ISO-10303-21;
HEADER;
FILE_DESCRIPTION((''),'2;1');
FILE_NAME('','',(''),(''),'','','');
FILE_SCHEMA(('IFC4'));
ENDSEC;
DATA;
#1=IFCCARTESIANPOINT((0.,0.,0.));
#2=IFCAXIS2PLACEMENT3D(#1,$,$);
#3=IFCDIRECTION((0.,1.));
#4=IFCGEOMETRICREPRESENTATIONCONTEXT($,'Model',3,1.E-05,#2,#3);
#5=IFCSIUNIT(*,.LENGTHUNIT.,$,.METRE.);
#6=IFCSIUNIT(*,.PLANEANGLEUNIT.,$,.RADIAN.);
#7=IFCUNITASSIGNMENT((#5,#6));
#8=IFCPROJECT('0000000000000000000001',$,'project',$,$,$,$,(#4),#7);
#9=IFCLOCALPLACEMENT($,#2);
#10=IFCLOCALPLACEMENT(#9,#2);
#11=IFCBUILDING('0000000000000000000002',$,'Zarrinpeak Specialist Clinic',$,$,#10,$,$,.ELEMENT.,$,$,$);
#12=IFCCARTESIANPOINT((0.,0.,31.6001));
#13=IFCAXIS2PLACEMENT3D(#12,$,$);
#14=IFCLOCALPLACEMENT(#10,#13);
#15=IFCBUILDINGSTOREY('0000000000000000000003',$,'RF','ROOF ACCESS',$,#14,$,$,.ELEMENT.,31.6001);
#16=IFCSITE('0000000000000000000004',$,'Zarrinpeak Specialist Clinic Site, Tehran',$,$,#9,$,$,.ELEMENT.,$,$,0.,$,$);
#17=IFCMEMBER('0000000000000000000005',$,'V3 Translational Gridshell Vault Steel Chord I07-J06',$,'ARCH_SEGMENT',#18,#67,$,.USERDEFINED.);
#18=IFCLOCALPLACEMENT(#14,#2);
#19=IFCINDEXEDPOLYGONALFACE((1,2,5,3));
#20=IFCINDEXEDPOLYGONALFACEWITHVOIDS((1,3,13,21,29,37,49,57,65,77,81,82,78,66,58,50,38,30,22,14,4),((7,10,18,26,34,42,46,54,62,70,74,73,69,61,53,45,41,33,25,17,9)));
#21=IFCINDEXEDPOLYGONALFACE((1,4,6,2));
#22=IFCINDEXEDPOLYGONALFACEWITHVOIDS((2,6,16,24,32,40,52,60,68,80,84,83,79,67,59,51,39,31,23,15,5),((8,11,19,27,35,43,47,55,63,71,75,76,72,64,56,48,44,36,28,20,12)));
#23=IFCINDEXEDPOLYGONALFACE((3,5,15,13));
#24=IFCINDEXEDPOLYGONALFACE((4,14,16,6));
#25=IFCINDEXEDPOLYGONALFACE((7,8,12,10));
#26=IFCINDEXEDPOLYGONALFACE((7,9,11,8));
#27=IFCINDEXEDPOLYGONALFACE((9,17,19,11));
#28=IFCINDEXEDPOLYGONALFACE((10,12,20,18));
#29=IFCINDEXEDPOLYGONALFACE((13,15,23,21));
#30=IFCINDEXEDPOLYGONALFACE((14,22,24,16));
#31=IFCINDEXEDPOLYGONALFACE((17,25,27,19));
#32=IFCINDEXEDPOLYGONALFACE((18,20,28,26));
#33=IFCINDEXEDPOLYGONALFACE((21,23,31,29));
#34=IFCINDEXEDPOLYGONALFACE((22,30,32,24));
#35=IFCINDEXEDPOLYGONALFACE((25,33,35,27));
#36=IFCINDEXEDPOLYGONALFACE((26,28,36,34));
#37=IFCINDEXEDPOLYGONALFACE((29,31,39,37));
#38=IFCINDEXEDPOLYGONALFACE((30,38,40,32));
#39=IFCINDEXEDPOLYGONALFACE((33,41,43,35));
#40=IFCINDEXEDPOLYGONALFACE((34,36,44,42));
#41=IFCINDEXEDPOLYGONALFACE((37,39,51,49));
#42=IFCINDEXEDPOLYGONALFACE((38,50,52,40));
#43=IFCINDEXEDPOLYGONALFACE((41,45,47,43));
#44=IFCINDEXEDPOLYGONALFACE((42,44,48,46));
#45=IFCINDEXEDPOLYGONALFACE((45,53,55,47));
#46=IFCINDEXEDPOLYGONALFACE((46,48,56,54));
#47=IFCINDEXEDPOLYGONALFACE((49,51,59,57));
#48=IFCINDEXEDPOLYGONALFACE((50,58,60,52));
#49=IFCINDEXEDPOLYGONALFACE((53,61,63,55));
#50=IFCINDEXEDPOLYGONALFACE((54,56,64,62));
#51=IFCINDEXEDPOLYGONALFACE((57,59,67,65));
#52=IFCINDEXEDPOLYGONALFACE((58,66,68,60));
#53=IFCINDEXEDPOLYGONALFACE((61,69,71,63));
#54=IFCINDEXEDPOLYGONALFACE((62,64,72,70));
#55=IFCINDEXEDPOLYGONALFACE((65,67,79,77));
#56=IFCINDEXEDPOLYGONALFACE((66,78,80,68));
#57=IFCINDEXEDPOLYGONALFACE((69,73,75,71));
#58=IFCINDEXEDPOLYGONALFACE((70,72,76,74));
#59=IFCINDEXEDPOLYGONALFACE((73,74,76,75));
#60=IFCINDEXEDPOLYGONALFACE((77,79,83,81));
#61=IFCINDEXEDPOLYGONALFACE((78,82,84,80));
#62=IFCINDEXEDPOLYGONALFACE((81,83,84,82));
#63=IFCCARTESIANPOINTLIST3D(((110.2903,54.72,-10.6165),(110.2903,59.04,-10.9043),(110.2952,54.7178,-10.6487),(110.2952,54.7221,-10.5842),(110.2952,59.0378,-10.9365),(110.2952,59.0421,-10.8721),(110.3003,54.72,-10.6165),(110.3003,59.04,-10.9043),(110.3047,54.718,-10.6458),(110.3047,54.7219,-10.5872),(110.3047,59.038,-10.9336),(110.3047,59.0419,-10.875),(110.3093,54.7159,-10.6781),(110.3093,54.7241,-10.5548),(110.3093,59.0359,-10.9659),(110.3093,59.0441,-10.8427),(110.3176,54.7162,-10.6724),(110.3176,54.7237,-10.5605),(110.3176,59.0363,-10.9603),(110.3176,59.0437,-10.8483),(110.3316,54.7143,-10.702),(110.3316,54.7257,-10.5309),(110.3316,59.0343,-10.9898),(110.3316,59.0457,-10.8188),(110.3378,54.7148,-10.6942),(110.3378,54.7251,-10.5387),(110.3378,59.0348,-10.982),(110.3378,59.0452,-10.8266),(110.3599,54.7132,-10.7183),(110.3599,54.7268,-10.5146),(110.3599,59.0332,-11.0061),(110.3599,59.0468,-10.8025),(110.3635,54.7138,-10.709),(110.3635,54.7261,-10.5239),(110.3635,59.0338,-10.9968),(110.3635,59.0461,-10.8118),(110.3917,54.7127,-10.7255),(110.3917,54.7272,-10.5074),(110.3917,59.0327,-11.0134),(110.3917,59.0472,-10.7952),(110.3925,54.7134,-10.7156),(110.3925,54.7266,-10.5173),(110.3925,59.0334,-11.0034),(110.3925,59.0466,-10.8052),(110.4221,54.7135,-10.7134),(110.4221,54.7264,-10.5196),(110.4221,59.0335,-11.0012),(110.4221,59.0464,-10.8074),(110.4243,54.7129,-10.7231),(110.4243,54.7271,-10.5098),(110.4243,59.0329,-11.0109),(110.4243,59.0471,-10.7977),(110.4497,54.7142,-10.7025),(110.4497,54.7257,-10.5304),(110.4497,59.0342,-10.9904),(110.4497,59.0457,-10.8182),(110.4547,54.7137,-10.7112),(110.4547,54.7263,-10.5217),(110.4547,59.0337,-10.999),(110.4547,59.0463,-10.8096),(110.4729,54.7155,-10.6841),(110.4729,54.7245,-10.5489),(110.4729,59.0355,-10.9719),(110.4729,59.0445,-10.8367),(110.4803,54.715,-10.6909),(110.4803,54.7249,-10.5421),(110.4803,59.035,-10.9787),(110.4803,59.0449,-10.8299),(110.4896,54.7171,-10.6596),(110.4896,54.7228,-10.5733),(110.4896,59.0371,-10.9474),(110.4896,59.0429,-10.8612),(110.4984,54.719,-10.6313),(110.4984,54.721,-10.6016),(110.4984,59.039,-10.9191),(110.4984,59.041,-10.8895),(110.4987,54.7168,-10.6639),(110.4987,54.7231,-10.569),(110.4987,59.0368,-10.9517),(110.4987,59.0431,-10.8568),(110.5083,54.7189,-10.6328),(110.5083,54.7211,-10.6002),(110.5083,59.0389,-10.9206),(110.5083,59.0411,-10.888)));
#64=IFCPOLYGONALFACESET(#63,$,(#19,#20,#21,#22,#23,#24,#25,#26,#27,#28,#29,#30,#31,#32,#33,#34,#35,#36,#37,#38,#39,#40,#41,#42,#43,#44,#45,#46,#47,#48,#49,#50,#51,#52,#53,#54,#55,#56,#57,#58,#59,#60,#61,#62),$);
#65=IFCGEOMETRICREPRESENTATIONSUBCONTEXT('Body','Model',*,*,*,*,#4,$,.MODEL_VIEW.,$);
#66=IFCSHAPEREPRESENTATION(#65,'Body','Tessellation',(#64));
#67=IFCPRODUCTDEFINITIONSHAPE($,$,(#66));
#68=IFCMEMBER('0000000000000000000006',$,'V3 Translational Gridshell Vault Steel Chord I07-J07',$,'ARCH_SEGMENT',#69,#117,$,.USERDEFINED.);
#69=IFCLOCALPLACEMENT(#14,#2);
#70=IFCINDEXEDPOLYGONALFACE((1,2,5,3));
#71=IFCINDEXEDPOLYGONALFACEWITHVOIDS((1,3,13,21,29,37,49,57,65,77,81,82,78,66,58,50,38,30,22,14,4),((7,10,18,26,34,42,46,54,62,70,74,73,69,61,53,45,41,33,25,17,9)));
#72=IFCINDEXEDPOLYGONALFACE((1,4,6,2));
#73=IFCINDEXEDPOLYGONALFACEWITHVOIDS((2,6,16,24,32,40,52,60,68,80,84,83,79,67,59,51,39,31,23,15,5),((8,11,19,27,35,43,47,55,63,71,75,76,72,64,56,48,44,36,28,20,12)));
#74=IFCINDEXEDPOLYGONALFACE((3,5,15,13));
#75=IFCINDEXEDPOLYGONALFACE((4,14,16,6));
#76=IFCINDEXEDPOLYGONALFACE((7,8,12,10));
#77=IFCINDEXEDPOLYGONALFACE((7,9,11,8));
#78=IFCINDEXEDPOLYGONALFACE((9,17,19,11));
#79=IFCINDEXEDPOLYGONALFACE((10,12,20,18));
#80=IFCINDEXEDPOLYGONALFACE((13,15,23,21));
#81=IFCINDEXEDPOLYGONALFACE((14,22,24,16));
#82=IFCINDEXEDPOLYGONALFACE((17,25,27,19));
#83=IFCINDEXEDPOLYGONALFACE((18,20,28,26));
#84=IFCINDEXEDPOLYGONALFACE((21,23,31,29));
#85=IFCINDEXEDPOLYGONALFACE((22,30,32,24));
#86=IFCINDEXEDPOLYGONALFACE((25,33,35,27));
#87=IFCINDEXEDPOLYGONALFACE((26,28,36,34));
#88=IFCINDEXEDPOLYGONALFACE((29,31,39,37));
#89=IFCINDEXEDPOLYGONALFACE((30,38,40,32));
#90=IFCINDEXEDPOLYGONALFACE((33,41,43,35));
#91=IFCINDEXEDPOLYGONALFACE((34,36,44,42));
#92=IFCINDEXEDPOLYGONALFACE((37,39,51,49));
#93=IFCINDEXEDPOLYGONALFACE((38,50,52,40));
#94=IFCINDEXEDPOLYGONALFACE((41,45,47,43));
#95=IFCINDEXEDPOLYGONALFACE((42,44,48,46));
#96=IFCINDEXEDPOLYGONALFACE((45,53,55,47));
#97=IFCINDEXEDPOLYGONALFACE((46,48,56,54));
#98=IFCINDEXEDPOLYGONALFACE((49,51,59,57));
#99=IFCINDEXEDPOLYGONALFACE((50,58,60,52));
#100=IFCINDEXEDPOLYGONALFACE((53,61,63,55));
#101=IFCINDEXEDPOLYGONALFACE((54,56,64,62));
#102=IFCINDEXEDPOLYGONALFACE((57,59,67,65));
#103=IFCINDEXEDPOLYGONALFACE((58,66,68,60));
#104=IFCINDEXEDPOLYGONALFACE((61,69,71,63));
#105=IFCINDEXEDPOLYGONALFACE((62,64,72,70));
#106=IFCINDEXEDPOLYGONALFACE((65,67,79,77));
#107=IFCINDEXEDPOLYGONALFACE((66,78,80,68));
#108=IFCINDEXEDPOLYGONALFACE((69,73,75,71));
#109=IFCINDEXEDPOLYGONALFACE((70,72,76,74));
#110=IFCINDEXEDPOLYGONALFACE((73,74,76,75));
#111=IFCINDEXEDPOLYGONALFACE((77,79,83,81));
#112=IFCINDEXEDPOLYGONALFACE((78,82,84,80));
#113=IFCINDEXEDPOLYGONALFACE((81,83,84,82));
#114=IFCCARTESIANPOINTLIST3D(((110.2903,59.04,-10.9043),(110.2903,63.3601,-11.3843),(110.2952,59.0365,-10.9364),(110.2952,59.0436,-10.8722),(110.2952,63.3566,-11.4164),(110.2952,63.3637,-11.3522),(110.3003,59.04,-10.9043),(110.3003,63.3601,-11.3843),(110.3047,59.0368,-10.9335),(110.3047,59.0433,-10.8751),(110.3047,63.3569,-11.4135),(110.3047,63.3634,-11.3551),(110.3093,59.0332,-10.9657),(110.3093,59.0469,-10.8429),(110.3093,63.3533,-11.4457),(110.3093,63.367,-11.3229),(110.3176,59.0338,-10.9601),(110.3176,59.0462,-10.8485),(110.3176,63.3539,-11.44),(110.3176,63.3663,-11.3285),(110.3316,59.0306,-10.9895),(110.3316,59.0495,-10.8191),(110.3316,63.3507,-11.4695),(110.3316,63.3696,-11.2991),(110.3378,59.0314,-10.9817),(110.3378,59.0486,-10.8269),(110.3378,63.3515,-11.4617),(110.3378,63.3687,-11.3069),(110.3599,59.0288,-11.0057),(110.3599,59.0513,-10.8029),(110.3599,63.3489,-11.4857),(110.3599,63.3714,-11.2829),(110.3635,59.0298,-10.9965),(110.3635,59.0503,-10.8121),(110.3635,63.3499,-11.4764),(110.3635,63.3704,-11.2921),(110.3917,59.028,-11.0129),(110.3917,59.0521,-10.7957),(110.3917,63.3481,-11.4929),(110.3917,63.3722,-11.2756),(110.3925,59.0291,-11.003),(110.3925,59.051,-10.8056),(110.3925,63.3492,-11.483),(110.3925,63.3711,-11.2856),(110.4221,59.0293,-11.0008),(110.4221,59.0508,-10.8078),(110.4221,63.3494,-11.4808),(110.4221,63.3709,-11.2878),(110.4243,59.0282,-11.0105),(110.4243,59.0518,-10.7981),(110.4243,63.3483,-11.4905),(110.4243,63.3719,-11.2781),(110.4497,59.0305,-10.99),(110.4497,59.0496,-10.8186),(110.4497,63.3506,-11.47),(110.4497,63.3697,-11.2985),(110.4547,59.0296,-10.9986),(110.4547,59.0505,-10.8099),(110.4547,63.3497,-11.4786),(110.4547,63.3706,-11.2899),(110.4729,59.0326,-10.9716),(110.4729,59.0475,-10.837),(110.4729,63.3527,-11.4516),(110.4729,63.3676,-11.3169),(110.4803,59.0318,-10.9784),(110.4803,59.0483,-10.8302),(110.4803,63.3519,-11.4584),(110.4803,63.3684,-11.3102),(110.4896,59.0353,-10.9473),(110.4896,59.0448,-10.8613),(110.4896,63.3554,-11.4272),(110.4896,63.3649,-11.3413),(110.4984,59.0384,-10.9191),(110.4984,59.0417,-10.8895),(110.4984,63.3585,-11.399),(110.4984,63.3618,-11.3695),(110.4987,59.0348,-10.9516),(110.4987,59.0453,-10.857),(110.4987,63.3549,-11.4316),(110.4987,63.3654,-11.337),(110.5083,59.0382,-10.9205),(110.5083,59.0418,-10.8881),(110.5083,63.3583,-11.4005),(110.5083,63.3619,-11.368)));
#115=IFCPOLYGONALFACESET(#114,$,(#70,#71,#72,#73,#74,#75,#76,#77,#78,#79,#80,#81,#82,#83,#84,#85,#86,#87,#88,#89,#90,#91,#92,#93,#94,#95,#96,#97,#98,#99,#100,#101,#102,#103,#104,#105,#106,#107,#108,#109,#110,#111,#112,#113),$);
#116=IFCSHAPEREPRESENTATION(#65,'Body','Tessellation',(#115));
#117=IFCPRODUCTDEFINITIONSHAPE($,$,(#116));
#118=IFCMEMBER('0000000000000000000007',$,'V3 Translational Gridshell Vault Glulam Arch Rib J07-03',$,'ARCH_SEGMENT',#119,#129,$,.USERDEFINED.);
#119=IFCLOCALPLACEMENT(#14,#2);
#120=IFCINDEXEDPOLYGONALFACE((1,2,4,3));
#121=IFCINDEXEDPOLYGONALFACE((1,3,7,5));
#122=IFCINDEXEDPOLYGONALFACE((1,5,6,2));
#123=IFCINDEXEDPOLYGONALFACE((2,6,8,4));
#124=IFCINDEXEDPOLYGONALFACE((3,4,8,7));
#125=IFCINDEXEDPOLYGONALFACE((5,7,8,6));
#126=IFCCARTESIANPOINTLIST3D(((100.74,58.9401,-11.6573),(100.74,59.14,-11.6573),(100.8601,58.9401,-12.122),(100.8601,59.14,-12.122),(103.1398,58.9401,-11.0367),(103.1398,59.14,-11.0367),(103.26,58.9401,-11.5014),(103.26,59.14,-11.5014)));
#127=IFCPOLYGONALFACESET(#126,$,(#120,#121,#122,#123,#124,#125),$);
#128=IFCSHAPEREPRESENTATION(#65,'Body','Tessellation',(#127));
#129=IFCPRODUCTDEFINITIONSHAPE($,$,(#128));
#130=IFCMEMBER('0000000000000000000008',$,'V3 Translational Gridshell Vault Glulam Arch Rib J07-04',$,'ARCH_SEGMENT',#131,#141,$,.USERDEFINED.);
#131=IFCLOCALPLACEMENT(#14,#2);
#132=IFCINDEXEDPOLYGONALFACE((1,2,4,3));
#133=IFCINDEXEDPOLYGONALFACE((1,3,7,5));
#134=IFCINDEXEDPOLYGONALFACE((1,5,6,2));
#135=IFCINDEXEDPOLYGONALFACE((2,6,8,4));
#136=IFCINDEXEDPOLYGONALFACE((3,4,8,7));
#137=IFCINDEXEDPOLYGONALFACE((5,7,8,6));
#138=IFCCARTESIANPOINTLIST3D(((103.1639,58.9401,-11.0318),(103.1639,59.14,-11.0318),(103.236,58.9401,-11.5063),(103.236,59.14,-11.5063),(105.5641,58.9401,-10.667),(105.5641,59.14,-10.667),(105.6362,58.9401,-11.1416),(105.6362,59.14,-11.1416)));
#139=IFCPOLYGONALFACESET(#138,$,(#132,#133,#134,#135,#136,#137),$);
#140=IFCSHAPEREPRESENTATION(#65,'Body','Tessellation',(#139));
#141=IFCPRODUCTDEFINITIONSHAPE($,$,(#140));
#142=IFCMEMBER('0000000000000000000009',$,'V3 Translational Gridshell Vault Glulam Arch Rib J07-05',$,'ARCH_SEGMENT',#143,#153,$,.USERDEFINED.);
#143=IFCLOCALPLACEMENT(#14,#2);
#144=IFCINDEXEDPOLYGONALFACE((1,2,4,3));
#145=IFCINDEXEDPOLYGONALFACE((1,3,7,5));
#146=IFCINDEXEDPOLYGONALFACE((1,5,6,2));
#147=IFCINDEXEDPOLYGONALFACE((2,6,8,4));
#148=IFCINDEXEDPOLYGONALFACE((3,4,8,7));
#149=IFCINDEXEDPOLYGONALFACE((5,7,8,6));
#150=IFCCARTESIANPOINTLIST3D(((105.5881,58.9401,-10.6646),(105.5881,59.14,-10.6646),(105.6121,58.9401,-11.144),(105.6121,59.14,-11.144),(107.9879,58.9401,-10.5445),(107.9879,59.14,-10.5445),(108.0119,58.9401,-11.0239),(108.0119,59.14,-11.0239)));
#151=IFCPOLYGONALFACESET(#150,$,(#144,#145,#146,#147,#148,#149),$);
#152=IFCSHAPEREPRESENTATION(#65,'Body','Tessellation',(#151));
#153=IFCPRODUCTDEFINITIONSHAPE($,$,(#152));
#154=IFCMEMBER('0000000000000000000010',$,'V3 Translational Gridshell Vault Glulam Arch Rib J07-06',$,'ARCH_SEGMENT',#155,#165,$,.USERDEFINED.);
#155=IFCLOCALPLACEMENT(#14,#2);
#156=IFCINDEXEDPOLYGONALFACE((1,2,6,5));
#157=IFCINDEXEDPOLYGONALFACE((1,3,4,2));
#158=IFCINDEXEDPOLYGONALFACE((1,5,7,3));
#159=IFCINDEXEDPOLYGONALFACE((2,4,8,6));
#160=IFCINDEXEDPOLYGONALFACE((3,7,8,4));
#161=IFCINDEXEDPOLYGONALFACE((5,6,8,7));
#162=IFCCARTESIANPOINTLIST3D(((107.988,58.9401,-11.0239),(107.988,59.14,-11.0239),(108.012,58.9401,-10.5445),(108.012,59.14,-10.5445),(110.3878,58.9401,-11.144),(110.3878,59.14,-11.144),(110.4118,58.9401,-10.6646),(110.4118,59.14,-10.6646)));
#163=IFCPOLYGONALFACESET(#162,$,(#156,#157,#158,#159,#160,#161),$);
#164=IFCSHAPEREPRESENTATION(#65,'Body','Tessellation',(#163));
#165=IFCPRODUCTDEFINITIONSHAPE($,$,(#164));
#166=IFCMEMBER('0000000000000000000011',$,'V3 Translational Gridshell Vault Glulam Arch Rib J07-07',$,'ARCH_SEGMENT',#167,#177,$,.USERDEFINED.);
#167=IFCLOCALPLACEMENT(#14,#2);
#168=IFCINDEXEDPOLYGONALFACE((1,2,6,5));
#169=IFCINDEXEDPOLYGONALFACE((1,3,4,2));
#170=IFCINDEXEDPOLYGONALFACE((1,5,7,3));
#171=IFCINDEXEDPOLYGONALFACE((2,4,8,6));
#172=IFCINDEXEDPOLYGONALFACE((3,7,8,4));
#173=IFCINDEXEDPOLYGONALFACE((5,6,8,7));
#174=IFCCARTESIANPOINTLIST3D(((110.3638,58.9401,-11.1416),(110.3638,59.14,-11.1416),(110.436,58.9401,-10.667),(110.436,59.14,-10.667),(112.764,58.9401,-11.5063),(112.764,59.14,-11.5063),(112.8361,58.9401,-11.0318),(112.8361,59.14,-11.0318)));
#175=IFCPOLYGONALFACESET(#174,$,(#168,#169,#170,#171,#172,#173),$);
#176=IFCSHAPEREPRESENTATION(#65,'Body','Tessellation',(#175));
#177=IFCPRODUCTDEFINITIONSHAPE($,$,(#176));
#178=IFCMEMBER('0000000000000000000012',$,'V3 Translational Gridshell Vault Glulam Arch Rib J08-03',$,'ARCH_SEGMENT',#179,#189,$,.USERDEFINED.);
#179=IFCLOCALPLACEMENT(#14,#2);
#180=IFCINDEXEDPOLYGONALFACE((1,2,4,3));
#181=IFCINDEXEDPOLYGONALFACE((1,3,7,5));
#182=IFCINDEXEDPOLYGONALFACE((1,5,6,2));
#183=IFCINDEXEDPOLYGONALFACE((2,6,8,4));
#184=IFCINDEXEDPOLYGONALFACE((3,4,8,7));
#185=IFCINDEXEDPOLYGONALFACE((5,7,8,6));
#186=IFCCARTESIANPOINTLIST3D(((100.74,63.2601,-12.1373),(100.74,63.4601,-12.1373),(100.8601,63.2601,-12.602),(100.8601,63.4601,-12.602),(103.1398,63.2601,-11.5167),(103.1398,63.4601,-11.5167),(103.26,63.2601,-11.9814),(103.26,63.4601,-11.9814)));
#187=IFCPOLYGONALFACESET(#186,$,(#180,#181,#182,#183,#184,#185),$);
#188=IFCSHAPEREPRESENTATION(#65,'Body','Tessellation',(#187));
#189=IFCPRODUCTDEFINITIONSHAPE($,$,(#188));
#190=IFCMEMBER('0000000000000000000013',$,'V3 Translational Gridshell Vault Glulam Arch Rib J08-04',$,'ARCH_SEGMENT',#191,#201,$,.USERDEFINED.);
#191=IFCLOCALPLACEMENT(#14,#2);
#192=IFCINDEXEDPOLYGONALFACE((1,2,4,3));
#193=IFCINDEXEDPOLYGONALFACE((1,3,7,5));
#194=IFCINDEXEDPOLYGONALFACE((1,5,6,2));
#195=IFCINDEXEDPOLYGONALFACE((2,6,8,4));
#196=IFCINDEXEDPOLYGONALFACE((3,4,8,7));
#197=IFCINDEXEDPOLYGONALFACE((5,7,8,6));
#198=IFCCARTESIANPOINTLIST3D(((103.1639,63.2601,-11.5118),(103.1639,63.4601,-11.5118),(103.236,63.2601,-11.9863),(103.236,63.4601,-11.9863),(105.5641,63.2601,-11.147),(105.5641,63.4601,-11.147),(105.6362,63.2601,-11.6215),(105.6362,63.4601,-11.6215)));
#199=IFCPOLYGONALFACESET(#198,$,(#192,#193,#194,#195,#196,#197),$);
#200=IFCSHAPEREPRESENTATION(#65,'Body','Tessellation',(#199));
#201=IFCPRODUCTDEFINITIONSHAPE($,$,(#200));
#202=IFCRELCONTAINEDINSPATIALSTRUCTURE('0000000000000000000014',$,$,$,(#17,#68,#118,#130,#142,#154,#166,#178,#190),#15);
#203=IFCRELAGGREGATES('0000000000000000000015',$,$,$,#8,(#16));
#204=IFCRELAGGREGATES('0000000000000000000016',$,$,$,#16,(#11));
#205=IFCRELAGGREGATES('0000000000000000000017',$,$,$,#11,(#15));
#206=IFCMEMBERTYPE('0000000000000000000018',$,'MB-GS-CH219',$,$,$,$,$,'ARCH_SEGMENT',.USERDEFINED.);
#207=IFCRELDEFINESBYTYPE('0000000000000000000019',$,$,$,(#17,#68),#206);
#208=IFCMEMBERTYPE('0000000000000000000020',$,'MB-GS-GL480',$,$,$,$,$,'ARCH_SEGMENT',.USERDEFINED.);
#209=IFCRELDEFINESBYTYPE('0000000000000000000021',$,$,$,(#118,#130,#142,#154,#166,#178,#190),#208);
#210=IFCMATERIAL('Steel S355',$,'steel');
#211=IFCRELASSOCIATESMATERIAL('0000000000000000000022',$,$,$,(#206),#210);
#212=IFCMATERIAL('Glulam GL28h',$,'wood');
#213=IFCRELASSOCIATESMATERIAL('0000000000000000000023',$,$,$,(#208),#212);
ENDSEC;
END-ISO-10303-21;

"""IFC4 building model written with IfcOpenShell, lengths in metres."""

from ifc_helpers import new_model, si_unit, direction, frame, origin, origin_2d, place, context, subcontext, project, spatial, rectangle, hollow_circle, extrude, material, material_profile, profile_set, type_object, element, save


model = new_model("IFC4")

# Units and contexts
model_context = context("Model", 3, precision=1e-05, world=origin(), true_north=direction((0.0, 1.0)))
body_context = subcontext(model_context, "Body", "Model", "MODEL_VIEW")
ifc_project = project(units=[si_unit("LENGTHUNIT", "METRE"), si_unit("PLANEANGLEUNIT", "RADIAN")], contexts=[model_context])

# Site, building, storey
site_placement = place(None, origin())
site = spatial("IfcSite", under=ifc_project, at=site_placement, Name="Zarrinpeak Specialist Clinic Site, Tehran", CompositionType="ELEMENT", RefElevation=0.0)
building_placement = place(site_placement, origin())
building = spatial("IfcBuilding", under=site, at=building_placement, Name="Zarrinpeak Specialist Clinic", CompositionType="ELEMENT")
storey_placement = place(building_placement, frame((0.0, 0.0, 31.6001)))
storey = spatial("IfcBuildingStorey", under=building, at=storey_placement, Name="RF", Description="ROOF ACCESS", CompositionType="ELEMENT", Elevation=31.6001)

# Members
ifc_material_1 = material(Name="Steel S355", Category="steel")
ifc_material_profile_1 = material_profile(ifc_material_1, hollow_circle(Radius=0.1096, WallThickness=0.01, at=origin_2d()), Name="CHS 219.1x10.0")
ifc_profile_set_1 = profile_set([ifc_material_profile_1], Name="Steel S355")
member_type_1 = type_object("IfcMemberType", Name="MB-GS-CH219", ElementType="ARCH_SEGMENT", PredefinedType="USERDEFINED", material=ifc_profile_set_1)
member_1_placement = place(storey_placement, frame((110.3999, 54.72, -10.6165), z_axis=(0.0, 0.997788, -0.066482), x_axis=(-1.0, 0.0, 0.0)))
element("IfcMember", 1, at=member_1_placement, inside=storey, type_object=member_type_1, Name="V3 Translational Gridshell Vault Steel Chord I07-J06", ObjectType="ARCH_SEGMENT", PredefinedType="USERDEFINED", context=body_context, shape_type="SweptSolid", body=[
    extrude(hollow_circle(Radius=0.1096, WallThickness=0.01, at=origin_2d()), origin(), (0.0, 0.0, 1.0), 4.3296),
])
member_2_placement = place(storey_placement, frame((110.3999, 59.04, -10.9043), z_axis=(0.0, 0.993884, -0.110425), x_axis=(-1.0, 0.0, 0.0)))
element("IfcMember", 2, at=member_2_placement, inside=storey, type_object=member_type_1, Name="V3 Translational Gridshell Vault Steel Chord I07-J07", ObjectType="ARCH_SEGMENT", PredefinedType="USERDEFINED", context=body_context, shape_type="SweptSolid", body=[
    extrude(hollow_circle(Radius=0.1096, WallThickness=0.01, at=origin_2d()), origin(), (0.0, 0.0, 1.0), 4.3467),
])
ifc_material_2 = material(Name="Glulam GL28h", Category="wood")
ifc_material_profile_2 = material_profile(ifc_material_2, rectangle(XDim=0.2, YDim=0.48, at=origin_2d()), Name="GL28h 200x480")
ifc_profile_set_2 = profile_set([ifc_material_profile_2], Name="Glulam GL28h")
member_type_2 = type_object("IfcMemberType", Name="MB-GS-GL480", ElementType="ARCH_SEGMENT", PredefinedType="USERDEFINED", material=ifc_profile_set_2)
member_3_placement = place(storey_placement, frame((100.8, 59.04, -11.8896), z_axis=(0.968153, 0.0, 0.250361), x_axis=(0.0, 1.0, 0.0)))
element("IfcMember", 3, at=member_3_placement, inside=storey, type_object=member_type_2, Name="V3 Translational Gridshell Vault Glulam Arch Rib J07-03", ObjectType="ARCH_SEGMENT", PredefinedType="USERDEFINED", context=body_context, shape_type="SweptSolid", body=[
    extrude(rectangle(XDim=0.2, YDim=0.48, at=origin_2d()), origin(), (0.0, 0.0, 1.0), 2.4788),
])
member_4_placement = place(storey_placement, frame((103.2, 59.04, -11.269), z_axis=(0.988649, 0.0, 0.150243), x_axis=(0.0, 1.0, 0.0)))
element("IfcMember", 4, at=member_4_placement, inside=storey, type_object=member_type_2, Name="V3 Translational Gridshell Vault Glulam Arch Rib J07-04", ObjectType="ARCH_SEGMENT", PredefinedType="USERDEFINED", context=body_context, shape_type="SweptSolid", body=[
    extrude(rectangle(XDim=0.2, YDim=0.48, at=origin_2d()), origin(), (0.0, 0.0, 1.0), 2.4277),
])
for number, where, z_axis, x_axis, name in (
    (5, (105.6001, 59.04, -10.9043), (0.99875, 0.0, 0.049988), (0.0, 1.0, 0.0), "V3 Translational Gridshell Vault Glulam Arch Rib J07-05"),
    (6, (108.0, 59.04, -10.7842), (0.99875, 0.0, -0.049988), (0.0, 1.0, 0.0), "V3 Translational Gridshell Vault Glulam Arch Rib J07-06"),
):
    element("IfcMember", number, at=place(storey_placement, frame(where, z_axis=z_axis, x_axis=x_axis)), inside=storey, type_object=member_type_2, Name=name, ObjectType="ARCH_SEGMENT", PredefinedType="USERDEFINED", context=body_context, shape_type="SweptSolid", body=[
        extrude(rectangle(XDim=0.2, YDim=0.48, at=origin_2d()), origin(), (0.0, 0.0, 1.0), 2.4028),
    ])
member_5_placement = place(storey_placement, frame((110.3999, 59.04, -10.9043), z_axis=(0.988649, 0.0, -0.150243), x_axis=(0.0, 1.0, 0.0)))
element("IfcMember", 7, at=member_5_placement, inside=storey, type_object=member_type_2, Name="V3 Translational Gridshell Vault Glulam Arch Rib J07-07", ObjectType="ARCH_SEGMENT", PredefinedType="USERDEFINED", context=body_context, shape_type="SweptSolid", body=[
    extrude(rectangle(XDim=0.2, YDim=0.48, at=origin_2d()), origin(), (0.0, 0.0, 1.0), 2.4277),
])
member_6_placement = place(storey_placement, frame((100.8, 63.3601, -12.3696), z_axis=(0.968153, 0.0, 0.250361), x_axis=(0.0, 1.0, 0.0)))
element("IfcMember", 8, at=member_6_placement, inside=storey, type_object=member_type_2, Name="V3 Translational Gridshell Vault Glulam Arch Rib J08-03", ObjectType="ARCH_SEGMENT", PredefinedType="USERDEFINED", context=body_context, shape_type="SweptSolid", body=[
    extrude(rectangle(XDim=0.2, YDim=0.48, at=origin_2d()), origin(), (0.0, 0.0, 1.0), 2.4788),
])
member_7_placement = place(storey_placement, frame((103.2, 63.3601, -11.749), z_axis=(0.988649, 0.0, 0.150243), x_axis=(0.0, 1.0, 0.0)))
element("IfcMember", 9, at=member_7_placement, inside=storey, type_object=member_type_2, Name="V3 Translational Gridshell Vault Glulam Arch Rib J08-04", ObjectType="ARCH_SEGMENT", PredefinedType="USERDEFINED", context=body_context, shape_type="SweptSolid", body=[
    extrude(rectangle(XDim=0.2, YDim=0.48, at=origin_2d()), origin(), (0.0, 0.0, 1.0), 2.4277),
])

save(model, "model.ifc")
